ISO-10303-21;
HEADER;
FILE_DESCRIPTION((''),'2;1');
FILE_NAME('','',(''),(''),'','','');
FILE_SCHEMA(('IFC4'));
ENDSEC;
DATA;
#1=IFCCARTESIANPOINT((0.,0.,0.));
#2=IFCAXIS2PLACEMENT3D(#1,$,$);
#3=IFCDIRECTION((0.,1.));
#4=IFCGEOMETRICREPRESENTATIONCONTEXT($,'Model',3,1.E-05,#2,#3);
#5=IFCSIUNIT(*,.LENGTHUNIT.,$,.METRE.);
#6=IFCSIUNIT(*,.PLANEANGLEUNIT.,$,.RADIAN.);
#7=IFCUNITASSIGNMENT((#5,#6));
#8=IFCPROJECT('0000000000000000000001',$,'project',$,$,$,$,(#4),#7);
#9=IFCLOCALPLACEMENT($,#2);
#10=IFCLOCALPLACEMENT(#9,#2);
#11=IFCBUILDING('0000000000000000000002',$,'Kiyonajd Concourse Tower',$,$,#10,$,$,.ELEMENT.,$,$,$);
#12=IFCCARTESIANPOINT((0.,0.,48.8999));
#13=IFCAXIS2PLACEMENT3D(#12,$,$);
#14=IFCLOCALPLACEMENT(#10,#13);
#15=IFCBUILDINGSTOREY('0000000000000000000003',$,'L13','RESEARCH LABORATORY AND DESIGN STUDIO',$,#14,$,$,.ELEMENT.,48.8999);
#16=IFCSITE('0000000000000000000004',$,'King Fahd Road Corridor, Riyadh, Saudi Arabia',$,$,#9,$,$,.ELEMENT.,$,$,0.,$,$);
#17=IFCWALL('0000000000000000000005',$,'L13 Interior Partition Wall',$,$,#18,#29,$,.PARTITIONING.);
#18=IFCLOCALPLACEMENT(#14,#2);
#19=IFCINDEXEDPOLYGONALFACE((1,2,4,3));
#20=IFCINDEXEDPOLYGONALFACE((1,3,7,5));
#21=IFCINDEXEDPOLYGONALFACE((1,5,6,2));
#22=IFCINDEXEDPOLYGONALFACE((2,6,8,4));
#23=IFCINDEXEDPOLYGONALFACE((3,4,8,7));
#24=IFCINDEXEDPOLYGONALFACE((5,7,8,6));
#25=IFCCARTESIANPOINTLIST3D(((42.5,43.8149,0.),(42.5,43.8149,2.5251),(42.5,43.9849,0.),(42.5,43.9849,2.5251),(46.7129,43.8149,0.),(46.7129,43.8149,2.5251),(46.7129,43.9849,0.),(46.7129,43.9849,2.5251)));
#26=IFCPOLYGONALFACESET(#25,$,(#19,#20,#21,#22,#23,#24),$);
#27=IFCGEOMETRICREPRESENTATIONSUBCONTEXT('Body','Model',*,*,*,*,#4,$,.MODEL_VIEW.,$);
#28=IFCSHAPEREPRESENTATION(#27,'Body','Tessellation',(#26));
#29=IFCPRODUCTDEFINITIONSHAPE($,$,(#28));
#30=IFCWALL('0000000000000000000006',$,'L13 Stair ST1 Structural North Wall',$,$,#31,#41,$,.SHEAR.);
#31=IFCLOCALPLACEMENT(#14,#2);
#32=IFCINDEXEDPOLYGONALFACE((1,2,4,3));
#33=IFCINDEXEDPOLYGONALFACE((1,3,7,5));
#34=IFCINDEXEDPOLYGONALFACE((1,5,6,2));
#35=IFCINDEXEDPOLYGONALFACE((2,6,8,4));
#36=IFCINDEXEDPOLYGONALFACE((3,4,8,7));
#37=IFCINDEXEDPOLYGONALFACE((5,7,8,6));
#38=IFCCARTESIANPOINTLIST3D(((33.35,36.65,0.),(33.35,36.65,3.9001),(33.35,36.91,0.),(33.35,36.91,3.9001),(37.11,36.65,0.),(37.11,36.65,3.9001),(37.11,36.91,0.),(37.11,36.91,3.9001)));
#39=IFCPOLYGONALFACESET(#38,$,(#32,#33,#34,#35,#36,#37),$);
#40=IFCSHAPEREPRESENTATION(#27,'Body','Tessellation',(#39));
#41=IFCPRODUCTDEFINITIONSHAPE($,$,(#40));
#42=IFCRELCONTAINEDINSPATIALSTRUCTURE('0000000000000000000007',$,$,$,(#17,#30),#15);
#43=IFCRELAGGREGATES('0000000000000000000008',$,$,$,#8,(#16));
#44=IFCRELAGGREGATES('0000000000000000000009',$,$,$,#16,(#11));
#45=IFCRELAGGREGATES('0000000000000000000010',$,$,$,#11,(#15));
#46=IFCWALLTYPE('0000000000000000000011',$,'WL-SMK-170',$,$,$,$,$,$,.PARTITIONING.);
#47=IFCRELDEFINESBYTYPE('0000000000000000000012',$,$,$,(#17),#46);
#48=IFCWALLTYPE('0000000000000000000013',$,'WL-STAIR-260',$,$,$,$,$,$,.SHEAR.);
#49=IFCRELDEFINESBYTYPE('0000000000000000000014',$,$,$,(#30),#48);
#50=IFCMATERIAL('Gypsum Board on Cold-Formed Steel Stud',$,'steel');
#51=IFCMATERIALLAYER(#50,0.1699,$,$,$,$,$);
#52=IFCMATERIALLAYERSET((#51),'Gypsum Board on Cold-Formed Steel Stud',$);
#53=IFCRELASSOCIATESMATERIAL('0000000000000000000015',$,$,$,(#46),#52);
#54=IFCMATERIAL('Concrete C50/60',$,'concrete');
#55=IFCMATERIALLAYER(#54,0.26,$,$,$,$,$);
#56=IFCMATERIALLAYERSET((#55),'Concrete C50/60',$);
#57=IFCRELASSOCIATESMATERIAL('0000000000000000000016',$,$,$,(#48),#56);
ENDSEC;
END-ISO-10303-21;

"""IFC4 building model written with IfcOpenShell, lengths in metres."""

from ifc_helpers import new_model, si_unit, direction, frame, frame_2d, origin, place, context, subcontext, project, spatial, rectangle, extrude, material, layer, layer_set, type_object, element, save


model = new_model("IFC4")

# Units and contexts
model_context = context("Model", 3, precision=1e-05, world=origin(), true_north=direction((0.0, 1.0)))
body_context = subcontext(model_context, "Body", "Model", "MODEL_VIEW")
ifc_project = project(units=[si_unit("LENGTHUNIT", "METRE"), si_unit("PLANEANGLEUNIT", "RADIAN")], contexts=[model_context])

# Site, building, storey
site_placement = place(None, origin())
site = spatial("IfcSite", under=ifc_project, at=site_placement, Name="King Fahd Road Corridor, Riyadh, Saudi Arabia", CompositionType="ELEMENT", RefElevation=0.0)
building_placement = place(site_placement, origin())
building = spatial("IfcBuilding", under=site, at=building_placement, Name="Kiyonajd Concourse Tower", CompositionType="ELEMENT")
storey_placement = place(building_placement, frame((0.0, 0.0, 48.8999)))
storey = spatial("IfcBuildingStorey", under=building, at=storey_placement, Name="L13", Description="RESEARCH LABORATORY AND DESIGN STUDIO", CompositionType="ELEMENT", Elevation=48.8999)

# Walls
ifc_material_1 = material(Name="Gypsum Board on Cold-Formed Steel Stud", Category="steel")
ifc_layer_1 = layer(ifc_material_1, 0.1699)
ifc_layer_set_1 = layer_set([ifc_layer_1], Name="Gypsum Board on Cold-Formed Steel Stud")
wall_type_1 = type_object("IfcWallType", Name="WL-SMK-170", PredefinedType="PARTITIONING", material=ifc_layer_set_1)
wall_1_placement = place(storey_placement, frame((42.5, 43.8999, 0.0), z_axis=(0.0, 0.0, 1.0), x_axis=(1.0, 0.0, 0.0)))
element("IfcWall", 1, at=wall_1_placement, inside=storey, type_object=wall_type_1, Name="L13 Interior Partition Wall", PredefinedType="PARTITIONING", context=body_context, shape_type="SweptSolid", body=[
    extrude(rectangle(XDim=4.2129, YDim=0.1699, at=frame_2d((2.1064, 0.0))), origin(), (0.0, 0.0, 1.0), 2.5251),
])
ifc_material_2 = material(Name="Concrete C50/60", Category="concrete")
ifc_layer_2 = layer(ifc_material_2, 0.26)
ifc_layer_set_2 = layer_set([ifc_layer_2], Name="Concrete C50/60")
wall_type_2 = type_object("IfcWallType", Name="WL-STAIR-260", PredefinedType="SHEAR", material=ifc_layer_set_2)
wall_2_placement = place(storey_placement, frame((33.3501, 36.78, 0.0), z_axis=(0.0, 0.0, 1.0), x_axis=(1.0, 0.0, 0.0)))
element("IfcWall", 2, at=wall_2_placement, inside=storey, type_object=wall_type_2, Name="L13 Stair ST1 Structural North Wall", PredefinedType="SHEAR", context=body_context, shape_type="SweptSolid", body=[
    extrude(rectangle(XDim=3.76, YDim=0.26, at=frame_2d((1.8799, 0.0))), origin(), (0.0, 0.0, 1.0), 3.9001),
])

save(model, "model.ifc")
